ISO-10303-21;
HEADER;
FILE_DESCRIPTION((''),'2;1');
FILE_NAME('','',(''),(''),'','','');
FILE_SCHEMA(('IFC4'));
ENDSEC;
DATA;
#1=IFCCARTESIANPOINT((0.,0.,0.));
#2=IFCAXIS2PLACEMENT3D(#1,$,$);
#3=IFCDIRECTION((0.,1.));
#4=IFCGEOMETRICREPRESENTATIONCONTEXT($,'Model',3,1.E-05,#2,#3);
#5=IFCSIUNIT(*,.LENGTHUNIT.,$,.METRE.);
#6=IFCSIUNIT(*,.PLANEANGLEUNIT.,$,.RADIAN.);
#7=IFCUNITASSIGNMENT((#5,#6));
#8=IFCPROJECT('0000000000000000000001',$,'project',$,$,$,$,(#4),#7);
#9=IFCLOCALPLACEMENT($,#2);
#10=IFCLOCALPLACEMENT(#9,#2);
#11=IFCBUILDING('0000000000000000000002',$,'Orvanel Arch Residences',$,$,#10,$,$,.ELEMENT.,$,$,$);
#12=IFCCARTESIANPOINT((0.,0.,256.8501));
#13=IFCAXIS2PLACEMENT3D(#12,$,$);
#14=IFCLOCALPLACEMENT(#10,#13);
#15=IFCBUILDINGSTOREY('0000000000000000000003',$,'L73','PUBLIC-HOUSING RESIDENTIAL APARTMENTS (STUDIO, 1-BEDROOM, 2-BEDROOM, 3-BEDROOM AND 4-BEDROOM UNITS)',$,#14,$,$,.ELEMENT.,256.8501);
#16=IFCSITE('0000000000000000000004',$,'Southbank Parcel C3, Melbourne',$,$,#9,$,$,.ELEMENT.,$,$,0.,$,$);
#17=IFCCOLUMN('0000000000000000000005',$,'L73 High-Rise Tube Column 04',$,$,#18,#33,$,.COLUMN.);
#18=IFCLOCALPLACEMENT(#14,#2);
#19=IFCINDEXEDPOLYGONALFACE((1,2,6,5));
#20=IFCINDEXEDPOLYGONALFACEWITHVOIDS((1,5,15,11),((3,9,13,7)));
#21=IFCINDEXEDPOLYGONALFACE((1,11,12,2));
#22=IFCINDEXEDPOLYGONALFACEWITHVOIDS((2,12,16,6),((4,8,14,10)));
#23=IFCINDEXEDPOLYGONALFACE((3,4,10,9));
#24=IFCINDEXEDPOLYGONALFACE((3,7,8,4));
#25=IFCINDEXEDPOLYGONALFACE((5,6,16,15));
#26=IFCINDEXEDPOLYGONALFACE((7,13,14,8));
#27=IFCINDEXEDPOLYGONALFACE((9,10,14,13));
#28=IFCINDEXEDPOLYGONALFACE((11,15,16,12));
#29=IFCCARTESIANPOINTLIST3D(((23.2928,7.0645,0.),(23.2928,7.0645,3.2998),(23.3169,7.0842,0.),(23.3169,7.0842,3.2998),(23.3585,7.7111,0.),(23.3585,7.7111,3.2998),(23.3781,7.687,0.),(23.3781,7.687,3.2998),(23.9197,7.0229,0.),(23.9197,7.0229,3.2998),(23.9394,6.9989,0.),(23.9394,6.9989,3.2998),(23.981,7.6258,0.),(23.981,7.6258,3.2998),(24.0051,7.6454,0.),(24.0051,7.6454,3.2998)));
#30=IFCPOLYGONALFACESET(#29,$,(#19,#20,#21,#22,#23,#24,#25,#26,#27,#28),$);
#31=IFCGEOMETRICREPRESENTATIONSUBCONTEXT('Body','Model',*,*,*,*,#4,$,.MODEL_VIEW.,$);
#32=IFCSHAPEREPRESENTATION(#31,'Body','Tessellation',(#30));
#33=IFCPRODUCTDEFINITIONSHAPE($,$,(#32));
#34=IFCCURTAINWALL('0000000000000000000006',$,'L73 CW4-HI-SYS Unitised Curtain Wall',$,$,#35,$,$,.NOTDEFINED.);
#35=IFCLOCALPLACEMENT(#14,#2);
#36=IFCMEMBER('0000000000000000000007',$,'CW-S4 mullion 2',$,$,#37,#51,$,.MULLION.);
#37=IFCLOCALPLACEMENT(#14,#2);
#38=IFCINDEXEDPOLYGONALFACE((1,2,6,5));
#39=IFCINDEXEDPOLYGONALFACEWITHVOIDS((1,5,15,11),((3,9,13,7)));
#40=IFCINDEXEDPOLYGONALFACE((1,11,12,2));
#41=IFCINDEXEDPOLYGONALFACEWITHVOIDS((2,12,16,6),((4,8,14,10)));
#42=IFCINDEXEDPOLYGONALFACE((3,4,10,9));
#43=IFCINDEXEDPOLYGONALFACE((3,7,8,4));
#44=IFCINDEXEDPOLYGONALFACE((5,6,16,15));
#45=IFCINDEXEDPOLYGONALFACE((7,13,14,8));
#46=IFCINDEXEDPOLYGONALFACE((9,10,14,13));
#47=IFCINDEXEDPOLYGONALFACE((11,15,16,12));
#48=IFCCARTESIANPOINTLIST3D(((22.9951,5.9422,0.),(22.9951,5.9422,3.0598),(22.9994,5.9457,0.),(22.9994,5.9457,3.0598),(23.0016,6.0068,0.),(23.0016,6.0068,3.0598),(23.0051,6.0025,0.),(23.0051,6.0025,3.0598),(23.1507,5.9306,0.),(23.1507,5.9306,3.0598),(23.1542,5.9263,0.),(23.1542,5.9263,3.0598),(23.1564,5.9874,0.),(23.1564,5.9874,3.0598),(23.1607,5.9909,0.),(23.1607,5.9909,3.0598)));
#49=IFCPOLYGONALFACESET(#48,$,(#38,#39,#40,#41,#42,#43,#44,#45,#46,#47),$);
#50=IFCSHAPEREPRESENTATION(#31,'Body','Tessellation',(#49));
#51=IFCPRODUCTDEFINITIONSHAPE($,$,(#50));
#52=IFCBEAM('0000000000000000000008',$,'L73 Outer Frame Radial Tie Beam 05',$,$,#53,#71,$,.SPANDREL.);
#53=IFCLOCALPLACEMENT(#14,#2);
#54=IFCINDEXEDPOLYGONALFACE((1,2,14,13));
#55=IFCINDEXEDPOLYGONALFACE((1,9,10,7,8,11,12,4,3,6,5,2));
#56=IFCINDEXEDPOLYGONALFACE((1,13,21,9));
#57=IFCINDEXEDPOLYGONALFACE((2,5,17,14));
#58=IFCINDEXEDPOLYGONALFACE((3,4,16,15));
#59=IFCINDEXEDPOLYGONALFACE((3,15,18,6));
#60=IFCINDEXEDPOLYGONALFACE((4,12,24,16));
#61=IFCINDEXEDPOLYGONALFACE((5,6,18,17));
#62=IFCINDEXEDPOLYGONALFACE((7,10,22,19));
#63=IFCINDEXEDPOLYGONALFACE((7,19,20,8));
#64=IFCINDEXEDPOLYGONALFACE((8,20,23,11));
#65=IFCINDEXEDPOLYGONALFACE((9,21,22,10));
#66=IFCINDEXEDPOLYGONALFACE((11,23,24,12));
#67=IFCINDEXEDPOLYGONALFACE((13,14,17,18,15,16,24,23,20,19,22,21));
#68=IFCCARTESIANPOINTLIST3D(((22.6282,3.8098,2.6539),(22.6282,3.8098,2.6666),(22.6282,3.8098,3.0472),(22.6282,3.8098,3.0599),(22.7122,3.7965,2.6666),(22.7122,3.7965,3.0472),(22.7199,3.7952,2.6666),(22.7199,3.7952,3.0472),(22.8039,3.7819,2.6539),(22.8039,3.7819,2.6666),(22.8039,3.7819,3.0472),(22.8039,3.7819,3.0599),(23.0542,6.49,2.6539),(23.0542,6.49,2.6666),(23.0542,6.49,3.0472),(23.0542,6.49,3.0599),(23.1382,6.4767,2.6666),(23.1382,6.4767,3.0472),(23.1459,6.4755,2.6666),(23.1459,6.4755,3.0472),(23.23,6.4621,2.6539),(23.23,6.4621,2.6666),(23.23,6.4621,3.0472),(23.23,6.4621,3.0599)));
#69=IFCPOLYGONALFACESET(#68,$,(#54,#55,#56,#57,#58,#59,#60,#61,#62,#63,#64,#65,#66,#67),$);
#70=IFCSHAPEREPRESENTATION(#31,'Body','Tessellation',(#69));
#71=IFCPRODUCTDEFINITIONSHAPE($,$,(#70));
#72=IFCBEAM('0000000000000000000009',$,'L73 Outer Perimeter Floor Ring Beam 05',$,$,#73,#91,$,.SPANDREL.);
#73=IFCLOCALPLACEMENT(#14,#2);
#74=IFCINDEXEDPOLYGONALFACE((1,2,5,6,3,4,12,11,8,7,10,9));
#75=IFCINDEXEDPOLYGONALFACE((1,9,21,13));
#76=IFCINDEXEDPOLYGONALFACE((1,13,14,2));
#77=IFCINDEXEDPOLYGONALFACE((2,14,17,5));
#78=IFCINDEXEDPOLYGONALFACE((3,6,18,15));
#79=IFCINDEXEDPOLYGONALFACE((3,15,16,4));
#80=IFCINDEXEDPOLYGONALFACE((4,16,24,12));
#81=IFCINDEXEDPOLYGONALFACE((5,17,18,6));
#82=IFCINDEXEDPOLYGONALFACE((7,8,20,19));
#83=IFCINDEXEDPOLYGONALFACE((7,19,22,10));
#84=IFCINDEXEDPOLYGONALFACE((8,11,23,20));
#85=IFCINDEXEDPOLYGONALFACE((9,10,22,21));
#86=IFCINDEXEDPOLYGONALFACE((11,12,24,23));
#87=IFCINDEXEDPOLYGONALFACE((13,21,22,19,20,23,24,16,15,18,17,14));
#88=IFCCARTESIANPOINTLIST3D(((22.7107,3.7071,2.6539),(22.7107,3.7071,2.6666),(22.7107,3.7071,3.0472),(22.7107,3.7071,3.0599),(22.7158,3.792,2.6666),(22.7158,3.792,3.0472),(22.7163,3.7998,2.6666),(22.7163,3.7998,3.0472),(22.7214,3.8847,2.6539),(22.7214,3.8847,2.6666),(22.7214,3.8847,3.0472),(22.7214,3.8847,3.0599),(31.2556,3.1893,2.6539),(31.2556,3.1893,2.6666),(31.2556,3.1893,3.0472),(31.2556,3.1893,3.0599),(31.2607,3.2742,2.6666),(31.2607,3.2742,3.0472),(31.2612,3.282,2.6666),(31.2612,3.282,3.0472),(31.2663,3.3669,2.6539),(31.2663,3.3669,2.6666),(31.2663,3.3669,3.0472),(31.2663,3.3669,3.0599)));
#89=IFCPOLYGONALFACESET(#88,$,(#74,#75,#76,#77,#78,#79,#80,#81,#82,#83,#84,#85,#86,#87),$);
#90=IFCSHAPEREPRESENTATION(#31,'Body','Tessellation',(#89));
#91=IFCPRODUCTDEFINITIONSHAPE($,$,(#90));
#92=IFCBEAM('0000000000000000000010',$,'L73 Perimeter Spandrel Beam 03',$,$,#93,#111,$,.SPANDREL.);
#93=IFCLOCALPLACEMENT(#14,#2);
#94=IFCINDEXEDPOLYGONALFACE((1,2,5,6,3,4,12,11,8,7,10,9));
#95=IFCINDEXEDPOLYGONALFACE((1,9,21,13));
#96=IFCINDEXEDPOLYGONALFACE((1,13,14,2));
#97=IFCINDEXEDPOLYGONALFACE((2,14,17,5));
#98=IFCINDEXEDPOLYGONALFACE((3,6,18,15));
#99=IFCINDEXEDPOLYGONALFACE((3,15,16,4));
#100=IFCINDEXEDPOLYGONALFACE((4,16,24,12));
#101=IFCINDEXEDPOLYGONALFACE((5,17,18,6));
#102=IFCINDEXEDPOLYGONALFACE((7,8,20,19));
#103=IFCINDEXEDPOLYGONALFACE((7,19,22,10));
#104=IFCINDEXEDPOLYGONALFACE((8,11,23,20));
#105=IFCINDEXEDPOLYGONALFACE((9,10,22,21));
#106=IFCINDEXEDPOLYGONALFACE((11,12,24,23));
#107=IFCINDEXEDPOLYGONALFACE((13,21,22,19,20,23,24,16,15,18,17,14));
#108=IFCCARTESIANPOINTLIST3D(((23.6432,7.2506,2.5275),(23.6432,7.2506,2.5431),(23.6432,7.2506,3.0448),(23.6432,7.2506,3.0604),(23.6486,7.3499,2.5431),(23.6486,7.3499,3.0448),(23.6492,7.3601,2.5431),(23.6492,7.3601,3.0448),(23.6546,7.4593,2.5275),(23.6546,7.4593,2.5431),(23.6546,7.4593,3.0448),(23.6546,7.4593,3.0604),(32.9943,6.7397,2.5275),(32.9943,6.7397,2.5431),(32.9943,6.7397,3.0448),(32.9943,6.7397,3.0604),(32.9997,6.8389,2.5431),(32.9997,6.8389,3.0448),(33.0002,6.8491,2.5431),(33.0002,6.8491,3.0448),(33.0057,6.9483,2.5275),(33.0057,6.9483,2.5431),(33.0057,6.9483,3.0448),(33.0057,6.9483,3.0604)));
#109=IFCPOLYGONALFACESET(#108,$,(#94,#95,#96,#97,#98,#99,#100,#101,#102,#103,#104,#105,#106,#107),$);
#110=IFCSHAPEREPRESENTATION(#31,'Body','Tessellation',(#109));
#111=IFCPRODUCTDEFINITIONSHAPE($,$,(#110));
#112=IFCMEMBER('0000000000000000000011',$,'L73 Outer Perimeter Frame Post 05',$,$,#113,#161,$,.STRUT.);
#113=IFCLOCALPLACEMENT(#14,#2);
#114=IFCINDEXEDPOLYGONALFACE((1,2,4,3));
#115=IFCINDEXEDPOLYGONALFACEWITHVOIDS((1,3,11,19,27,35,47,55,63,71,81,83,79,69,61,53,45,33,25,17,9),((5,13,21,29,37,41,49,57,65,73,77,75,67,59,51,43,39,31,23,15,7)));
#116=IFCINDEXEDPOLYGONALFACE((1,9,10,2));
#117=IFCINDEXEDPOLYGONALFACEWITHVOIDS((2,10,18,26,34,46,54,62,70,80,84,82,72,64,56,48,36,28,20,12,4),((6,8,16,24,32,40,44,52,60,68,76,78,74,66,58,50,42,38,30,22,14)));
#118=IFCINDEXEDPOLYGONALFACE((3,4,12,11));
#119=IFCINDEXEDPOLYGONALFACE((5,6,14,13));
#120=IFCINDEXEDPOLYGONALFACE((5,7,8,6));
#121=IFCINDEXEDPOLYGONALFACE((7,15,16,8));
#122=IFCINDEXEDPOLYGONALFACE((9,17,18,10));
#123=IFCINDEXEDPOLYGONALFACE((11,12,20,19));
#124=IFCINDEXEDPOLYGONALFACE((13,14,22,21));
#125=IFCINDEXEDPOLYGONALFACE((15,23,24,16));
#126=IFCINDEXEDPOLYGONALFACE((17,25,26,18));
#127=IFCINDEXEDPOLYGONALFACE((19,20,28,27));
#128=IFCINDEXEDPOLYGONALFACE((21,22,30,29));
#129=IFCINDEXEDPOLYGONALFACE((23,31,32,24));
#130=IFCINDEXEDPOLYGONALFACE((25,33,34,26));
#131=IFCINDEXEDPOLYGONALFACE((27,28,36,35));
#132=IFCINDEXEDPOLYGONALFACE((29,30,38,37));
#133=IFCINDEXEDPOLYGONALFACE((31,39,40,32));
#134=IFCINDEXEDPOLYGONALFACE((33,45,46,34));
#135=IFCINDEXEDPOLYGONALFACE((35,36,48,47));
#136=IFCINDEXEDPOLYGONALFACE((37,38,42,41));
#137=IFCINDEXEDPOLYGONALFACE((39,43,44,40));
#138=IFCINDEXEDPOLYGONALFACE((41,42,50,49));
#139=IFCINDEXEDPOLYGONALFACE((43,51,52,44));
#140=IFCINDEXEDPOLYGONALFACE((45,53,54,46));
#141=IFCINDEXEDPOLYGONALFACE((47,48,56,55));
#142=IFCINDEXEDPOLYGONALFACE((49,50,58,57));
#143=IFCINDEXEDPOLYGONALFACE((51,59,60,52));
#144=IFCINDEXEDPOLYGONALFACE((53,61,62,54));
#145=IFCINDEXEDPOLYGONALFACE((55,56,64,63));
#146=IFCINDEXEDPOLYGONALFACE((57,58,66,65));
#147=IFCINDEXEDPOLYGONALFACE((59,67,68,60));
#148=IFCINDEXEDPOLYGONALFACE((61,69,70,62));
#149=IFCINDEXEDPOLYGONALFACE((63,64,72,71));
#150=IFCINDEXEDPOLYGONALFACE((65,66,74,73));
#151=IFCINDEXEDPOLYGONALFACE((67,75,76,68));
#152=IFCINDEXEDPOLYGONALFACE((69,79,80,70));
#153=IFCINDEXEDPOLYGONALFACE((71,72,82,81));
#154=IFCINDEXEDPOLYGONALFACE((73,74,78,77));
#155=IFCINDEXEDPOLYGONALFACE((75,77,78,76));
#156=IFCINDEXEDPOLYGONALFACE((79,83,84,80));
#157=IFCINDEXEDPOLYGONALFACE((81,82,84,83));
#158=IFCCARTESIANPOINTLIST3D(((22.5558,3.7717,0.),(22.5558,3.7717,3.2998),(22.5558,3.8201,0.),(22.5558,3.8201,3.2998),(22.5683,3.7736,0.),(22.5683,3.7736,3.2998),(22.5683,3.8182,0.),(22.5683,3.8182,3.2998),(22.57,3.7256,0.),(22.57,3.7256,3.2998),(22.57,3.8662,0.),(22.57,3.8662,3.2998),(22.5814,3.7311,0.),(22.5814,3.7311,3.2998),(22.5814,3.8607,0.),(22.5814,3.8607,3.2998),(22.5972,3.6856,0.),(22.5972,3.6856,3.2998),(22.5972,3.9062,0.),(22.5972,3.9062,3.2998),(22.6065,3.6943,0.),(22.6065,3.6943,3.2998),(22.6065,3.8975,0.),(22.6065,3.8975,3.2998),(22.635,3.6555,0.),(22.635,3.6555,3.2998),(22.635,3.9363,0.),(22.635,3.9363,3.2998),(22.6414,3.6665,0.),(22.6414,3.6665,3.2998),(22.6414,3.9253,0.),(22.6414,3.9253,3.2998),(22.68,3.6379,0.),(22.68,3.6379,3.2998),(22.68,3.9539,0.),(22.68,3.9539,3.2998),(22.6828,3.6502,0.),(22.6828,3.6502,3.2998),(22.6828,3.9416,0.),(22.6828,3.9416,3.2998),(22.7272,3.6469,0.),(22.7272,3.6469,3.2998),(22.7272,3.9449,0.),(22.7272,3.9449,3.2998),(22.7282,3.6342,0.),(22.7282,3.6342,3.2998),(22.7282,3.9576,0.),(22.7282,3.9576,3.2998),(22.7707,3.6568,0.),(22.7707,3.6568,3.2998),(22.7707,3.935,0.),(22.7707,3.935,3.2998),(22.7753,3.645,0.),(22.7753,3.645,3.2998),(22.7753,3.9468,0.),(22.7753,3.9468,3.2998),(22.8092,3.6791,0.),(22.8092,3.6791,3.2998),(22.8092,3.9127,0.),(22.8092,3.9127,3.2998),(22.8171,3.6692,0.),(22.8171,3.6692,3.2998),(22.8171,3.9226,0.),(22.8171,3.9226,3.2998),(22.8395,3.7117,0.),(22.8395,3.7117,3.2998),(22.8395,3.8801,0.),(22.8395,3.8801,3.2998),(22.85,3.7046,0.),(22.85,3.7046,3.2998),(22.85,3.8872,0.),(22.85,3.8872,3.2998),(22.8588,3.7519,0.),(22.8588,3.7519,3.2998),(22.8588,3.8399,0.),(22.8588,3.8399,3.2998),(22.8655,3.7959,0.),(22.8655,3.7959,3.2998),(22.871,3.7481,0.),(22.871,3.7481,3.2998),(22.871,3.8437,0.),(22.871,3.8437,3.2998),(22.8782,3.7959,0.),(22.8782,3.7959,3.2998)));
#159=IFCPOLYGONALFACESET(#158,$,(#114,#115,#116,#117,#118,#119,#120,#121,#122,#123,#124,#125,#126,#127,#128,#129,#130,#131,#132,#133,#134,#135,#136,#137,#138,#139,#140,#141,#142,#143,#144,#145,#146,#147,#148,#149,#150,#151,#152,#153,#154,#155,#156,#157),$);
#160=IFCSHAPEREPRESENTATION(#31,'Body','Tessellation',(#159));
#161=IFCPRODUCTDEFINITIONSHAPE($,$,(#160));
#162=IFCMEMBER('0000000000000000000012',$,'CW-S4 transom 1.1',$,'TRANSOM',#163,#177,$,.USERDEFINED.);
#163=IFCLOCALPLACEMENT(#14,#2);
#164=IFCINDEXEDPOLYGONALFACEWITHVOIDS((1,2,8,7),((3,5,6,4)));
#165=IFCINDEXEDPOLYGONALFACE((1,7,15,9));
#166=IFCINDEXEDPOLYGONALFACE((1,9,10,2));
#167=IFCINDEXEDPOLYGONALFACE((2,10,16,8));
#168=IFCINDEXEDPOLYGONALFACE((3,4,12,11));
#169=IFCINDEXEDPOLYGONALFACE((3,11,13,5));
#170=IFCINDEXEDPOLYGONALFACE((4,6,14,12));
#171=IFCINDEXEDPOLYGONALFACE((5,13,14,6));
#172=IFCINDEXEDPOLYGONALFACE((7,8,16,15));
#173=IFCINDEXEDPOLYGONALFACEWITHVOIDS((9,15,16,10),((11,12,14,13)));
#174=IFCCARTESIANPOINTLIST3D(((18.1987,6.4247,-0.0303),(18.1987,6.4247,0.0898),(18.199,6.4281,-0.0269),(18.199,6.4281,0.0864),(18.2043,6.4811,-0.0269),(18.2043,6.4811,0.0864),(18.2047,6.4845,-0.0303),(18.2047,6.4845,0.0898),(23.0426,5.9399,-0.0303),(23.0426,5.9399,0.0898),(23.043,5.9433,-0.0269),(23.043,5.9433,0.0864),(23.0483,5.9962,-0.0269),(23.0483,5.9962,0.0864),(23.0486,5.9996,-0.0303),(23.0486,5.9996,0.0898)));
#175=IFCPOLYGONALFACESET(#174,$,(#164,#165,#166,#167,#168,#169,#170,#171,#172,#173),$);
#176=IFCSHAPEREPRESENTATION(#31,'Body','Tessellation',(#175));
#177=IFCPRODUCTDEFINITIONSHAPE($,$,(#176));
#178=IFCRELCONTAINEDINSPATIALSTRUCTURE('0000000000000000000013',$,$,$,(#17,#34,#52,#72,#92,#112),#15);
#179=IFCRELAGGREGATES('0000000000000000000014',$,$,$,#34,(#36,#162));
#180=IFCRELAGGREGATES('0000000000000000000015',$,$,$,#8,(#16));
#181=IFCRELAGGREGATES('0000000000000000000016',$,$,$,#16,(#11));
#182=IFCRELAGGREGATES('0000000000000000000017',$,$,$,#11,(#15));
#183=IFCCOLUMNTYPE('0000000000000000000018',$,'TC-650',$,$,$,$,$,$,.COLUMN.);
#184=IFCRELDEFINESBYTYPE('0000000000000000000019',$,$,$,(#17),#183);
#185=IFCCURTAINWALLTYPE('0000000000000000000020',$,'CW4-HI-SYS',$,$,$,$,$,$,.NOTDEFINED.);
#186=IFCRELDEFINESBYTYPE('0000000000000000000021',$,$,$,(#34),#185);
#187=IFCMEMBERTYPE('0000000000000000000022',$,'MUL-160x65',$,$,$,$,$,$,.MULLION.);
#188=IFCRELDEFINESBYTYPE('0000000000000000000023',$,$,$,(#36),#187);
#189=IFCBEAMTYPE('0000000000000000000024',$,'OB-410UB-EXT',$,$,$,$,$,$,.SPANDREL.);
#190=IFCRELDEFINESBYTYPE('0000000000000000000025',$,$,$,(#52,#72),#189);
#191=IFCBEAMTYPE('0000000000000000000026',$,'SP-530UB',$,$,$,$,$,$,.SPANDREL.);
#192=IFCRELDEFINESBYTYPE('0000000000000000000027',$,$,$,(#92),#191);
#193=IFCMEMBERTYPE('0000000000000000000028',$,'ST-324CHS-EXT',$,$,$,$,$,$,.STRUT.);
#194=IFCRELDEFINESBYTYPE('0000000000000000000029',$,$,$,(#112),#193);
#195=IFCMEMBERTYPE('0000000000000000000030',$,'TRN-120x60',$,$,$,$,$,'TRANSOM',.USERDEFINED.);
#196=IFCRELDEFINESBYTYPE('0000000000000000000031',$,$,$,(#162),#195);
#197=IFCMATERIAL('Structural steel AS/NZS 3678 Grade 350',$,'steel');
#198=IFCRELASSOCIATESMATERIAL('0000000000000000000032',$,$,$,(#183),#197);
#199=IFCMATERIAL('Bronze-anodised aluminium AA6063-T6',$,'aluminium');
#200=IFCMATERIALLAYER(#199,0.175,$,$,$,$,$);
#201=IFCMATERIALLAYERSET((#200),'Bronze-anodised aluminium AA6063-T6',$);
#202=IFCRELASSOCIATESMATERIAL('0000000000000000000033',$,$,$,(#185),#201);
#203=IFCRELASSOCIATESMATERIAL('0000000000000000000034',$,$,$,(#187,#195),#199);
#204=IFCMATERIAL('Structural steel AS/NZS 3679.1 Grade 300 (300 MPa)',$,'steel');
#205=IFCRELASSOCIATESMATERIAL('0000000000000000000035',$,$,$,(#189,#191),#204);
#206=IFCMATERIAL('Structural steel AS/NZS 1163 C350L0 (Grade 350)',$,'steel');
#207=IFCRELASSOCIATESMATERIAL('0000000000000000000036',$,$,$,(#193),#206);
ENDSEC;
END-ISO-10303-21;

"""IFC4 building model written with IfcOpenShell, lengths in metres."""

from ifc_helpers import new_model, si_unit, direction, frame, origin, origin_2d, place, context, subcontext, project, spatial, hollow_rectangle, hollow_circle, i_section, extrude, material, layer, layer_set, material_profile, profile_set, type_object, element, aggregate, save


model = new_model("IFC4")

# Units and contexts
model_context = context("Model", 3, precision=1e-05, world=origin(), true_north=direction((0.0, 1.0)))
body_context = subcontext(model_context, "Body", "Model", "MODEL_VIEW")
ifc_project = project(units=[si_unit("LENGTHUNIT", "METRE"), si_unit("PLANEANGLEUNIT", "RADIAN")], contexts=[model_context])

# Site, building, storey
site_placement = place(None, origin())
site = spatial("IfcSite", under=ifc_project, at=site_placement, Name="Southbank Parcel C3, Melbourne", CompositionType="ELEMENT", RefElevation=0.0)
building_placement = place(site_placement, origin())
building = spatial("IfcBuilding", under=site, at=building_placement, Name="Orvanel Arch Residences", CompositionType="ELEMENT")
storey_placement = place(building_placement, frame((0.0, 0.0, 256.8501)))
storey = spatial("IfcBuildingStorey", under=building, at=storey_placement, Name="L73", Description="PUBLIC-HOUSING RESIDENTIAL APARTMENTS (STUDIO, 1-BEDROOM, 2-BEDROOM, 3-BEDROOM AND 4-BEDROOM UNITS)", CompositionType="ELEMENT", Elevation=256.8501)

# Column
ifc_material_1 = material(Name="Structural steel AS/NZS 3678 Grade 350", Category="steel")
ifc_material_profile_1 = material_profile(ifc_material_1, hollow_rectangle(XDim=0.6499, YDim=0.6499, WallThickness=0.022, at=origin_2d()), Name="BOX650x650x22")
ifc_profile_set_1 = profile_set([ifc_material_profile_1], Name="Structural steel AS/NZS 3678 Grade 350")
column_type = type_object("IfcColumnType", Name="TC-650", PredefinedType="COLUMN", material=ifc_profile_set_1)
column_placement = place(storey_placement, frame((23.6489, 7.355, 0.0), z_axis=(0.0, 0.0, 1.0), x_axis=(-0.994881, 0.101056, 0.0)))
element("IfcColumn", 1, at=column_placement, inside=storey, type_object=column_type, Name="L73 High-Rise Tube Column 04", PredefinedType="COLUMN", context=body_context, shape_type="SweptSolid", body=[
    extrude(hollow_rectangle(XDim=0.6499, YDim=0.6499, WallThickness=0.022, at=origin_2d()), origin(), (0.0, 0.0, 1.0), 3.2998),
])

# Curtain wall, member
ifc_material_2 = material(Name="Bronze-anodised aluminium AA6063-T6", Category="aluminium")
ifc_layer_1 = layer(ifc_material_2, 0.175)
ifc_layer_set_1 = layer_set([ifc_layer_1], Name="Bronze-anodised aluminium AA6063-T6")
curtain_wall_type = type_object("IfcCurtainWallType", Name="CW4-HI-SYS", PredefinedType="NOTDEFINED", material=ifc_layer_set_1)
curtain_wall_placement = place(storey_placement, origin())
curtain_wall = element("IfcCurtainWall", 2, at=curtain_wall_placement, inside=storey, type_object=curtain_wall_type, Name="L73 CW4-HI-SYS Unitised Curtain Wall", PredefinedType="NOTDEFINED")
ifc_material_profile_2 = material_profile(ifc_material_2, hollow_rectangle(XDim=0.0649, YDim=0.1599, WallThickness=0.0039, at=origin_2d()), Name="ALU160x65x4")
ifc_profile_set_2 = profile_set([ifc_material_profile_2], Name="Bronze-anodised aluminium AA6063-T6")
member_type_1 = type_object("IfcMemberType", Name="MUL-160x65", PredefinedType="MULLION", material=ifc_profile_set_2)
member_1_placement = place(storey_placement, frame((23.0779, 5.9666, 0.0), z_axis=(0.0, 0.0, 1.0), x_axis=(0.099583, 0.995029, 0.0)))
member_1 = element("IfcMember", 3, at=member_1_placement, type_object=member_type_1, Name="CW-S4 mullion 2", PredefinedType="MULLION", context=body_context, shape_type="SweptSolid", body=[
    extrude(hollow_rectangle(XDim=0.0649, YDim=0.1599, WallThickness=0.0039, at=origin_2d()), origin(), (0.0, 0.0, 1.0), 3.0598),
])

# Beams
ifc_material_3 = material(Name="Structural steel AS/NZS 3679.1 Grade 300 (300 MPa)", Category="steel")
ifc_material_profile_3 = material_profile(ifc_material_3, i_section(OverallWidth=0.178, OverallDepth=0.406, WebThickness=0.0078, FlangeThickness=0.0127, at=origin_2d()), Name="410UB59.7")
ifc_profile_set_3 = profile_set([ifc_material_profile_3], Name="Structural steel AS/NZS 3679.1 Grade 300 (300 MPa)")
beam_type_1 = type_object("IfcBeamType", Name="OB-410UB-EXT", PredefinedType="SPANDREL", material=ifc_profile_set_3)
beam_1_placement = place(storey_placement, frame((23.1421, 6.4761, 2.8569), z_axis=(-0.156983, -0.987601, 0.0), x_axis=(0.987601, -0.156983, 0.0)))
element("IfcBeam", 4, at=beam_1_placement, inside=storey, type_object=beam_type_1, Name="L73 Outer Frame Radial Tie Beam 05", PredefinedType="SPANDREL", context=body_context, shape_type="SweptSolid", body=[
    extrude(i_section(OverallWidth=0.178, OverallDepth=0.406, WebThickness=0.0078, FlangeThickness=0.0127, at=origin_2d()), origin(), (0.0, 0.0, 1.0), 2.7139),
])
beam_2_placement = place(storey_placement, frame((22.7161, 3.7959, 2.8569), z_axis=(0.998169, -0.060489, 0.0), x_axis=(0.060489, 0.998169, 0.0)))
element("IfcBeam", 5, at=beam_2_placement, inside=storey, type_object=beam_type_1, Name="L73 Outer Perimeter Floor Ring Beam 05", PredefinedType="SPANDREL", context=body_context, shape_type="SweptSolid", body=[
    extrude(i_section(OverallWidth=0.178, OverallDepth=0.406, WebThickness=0.0078, FlangeThickness=0.0127, at=origin_2d()), origin(), (0.0, 0.0, 1.0), 8.5605),
])
ifc_material_profile_4 = material_profile(ifc_material_3, i_section(OverallWidth=0.209, OverallDepth=0.533, WebThickness=0.0103, FlangeThickness=0.0156, at=origin_2d()), Name="530UB92.4")
ifc_profile_set_4 = profile_set([ifc_material_profile_4], Name="Structural steel AS/NZS 3679.1 Grade 300 (300 MPa)")
beam_type_2 = type_object("IfcBeamType", Name="SP-530UB", PredefinedType="SPANDREL", material=ifc_profile_set_4)
beam_3_placement = place(storey_placement, frame((23.6489, 7.355, 2.7939), z_axis=(0.99851, -0.054563, 0.0), x_axis=(0.054563, 0.99851, 0.0)))
element("IfcBeam", 6, at=beam_3_placement, inside=storey, type_object=beam_type_2, Name="L73 Perimeter Spandrel Beam 03", PredefinedType="SPANDREL", context=body_context, shape_type="SweptSolid", body=[
    extrude(i_section(OverallWidth=0.209, OverallDepth=0.533, WebThickness=0.0103, FlangeThickness=0.0156, at=origin_2d()), origin(), (0.0, 0.0, 1.0), 9.365),
])

# Members
ifc_material_4 = material(Name="Structural steel AS/NZS 1163 C350L0 (Grade 350)", Category="steel")
ifc_material_profile_5 = material_profile(ifc_material_4, hollow_circle(Radius=0.1621, WallThickness=0.0127, at=origin_2d()), Name="CHS324x12.7")
ifc_profile_set_5 = profile_set([ifc_material_profile_5], Name="Structural steel AS/NZS 1163 C350L0 (Grade 350)")
member_type_2 = type_object("IfcMemberType", Name="ST-324CHS-EXT", PredefinedType="STRUT", material=ifc_profile_set_5)
member_2_placement = place(storey_placement, frame((22.7161, 3.7959, 0.0), z_axis=(0.0, 0.0, 1.0), x_axis=(1.0, 0.0, 0.0)))
element("IfcMember", 7, at=member_2_placement, inside=storey, type_object=member_type_2, Name="L73 Outer Perimeter Frame Post 05", PredefinedType="STRUT", context=body_context, shape_type="SweptSolid", body=[
    extrude(hollow_circle(Radius=0.1621, WallThickness=0.0127, at=origin_2d()), origin(), (0.0, 0.0, 1.0), 3.2998),
])
ifc_material_profile_6 = material_profile(ifc_material_2, hollow_rectangle(XDim=0.0601, YDim=0.1201, WallThickness=0.0034, at=origin_2d()), Name="ALU120x60x3.5")
ifc_profile_set_6 = profile_set([ifc_material_profile_6], Name="Bronze-anodised aluminium AA6063-T6")
member_type_3 = type_object("IfcMemberType", Name="TRN-120x60", ElementType="TRANSOM", PredefinedType="USERDEFINED", material=ifc_profile_set_6)
member_3_placement = place(storey_placement, frame((18.2017, 6.4546, 0.0298), z_axis=(0.995028, -0.099598, 0.0), x_axis=(0.099598, 0.995028, 0.0)))
member_3 = element("IfcMember", 8, at=member_3_placement, type_object=member_type_3, Name="CW-S4 transom 1.1", ObjectType="TRANSOM", PredefinedType="USERDEFINED", context=body_context, shape_type="SweptSolid", body=[
    extrude(hollow_rectangle(XDim=0.0601, YDim=0.1201, WallThickness=0.0034, at=origin_2d()), origin(), (0.0, 0.0, 1.0), 4.8682),
])

aggregate(curtain_wall, [member_1, member_3])

save(model, "model.ifc")
